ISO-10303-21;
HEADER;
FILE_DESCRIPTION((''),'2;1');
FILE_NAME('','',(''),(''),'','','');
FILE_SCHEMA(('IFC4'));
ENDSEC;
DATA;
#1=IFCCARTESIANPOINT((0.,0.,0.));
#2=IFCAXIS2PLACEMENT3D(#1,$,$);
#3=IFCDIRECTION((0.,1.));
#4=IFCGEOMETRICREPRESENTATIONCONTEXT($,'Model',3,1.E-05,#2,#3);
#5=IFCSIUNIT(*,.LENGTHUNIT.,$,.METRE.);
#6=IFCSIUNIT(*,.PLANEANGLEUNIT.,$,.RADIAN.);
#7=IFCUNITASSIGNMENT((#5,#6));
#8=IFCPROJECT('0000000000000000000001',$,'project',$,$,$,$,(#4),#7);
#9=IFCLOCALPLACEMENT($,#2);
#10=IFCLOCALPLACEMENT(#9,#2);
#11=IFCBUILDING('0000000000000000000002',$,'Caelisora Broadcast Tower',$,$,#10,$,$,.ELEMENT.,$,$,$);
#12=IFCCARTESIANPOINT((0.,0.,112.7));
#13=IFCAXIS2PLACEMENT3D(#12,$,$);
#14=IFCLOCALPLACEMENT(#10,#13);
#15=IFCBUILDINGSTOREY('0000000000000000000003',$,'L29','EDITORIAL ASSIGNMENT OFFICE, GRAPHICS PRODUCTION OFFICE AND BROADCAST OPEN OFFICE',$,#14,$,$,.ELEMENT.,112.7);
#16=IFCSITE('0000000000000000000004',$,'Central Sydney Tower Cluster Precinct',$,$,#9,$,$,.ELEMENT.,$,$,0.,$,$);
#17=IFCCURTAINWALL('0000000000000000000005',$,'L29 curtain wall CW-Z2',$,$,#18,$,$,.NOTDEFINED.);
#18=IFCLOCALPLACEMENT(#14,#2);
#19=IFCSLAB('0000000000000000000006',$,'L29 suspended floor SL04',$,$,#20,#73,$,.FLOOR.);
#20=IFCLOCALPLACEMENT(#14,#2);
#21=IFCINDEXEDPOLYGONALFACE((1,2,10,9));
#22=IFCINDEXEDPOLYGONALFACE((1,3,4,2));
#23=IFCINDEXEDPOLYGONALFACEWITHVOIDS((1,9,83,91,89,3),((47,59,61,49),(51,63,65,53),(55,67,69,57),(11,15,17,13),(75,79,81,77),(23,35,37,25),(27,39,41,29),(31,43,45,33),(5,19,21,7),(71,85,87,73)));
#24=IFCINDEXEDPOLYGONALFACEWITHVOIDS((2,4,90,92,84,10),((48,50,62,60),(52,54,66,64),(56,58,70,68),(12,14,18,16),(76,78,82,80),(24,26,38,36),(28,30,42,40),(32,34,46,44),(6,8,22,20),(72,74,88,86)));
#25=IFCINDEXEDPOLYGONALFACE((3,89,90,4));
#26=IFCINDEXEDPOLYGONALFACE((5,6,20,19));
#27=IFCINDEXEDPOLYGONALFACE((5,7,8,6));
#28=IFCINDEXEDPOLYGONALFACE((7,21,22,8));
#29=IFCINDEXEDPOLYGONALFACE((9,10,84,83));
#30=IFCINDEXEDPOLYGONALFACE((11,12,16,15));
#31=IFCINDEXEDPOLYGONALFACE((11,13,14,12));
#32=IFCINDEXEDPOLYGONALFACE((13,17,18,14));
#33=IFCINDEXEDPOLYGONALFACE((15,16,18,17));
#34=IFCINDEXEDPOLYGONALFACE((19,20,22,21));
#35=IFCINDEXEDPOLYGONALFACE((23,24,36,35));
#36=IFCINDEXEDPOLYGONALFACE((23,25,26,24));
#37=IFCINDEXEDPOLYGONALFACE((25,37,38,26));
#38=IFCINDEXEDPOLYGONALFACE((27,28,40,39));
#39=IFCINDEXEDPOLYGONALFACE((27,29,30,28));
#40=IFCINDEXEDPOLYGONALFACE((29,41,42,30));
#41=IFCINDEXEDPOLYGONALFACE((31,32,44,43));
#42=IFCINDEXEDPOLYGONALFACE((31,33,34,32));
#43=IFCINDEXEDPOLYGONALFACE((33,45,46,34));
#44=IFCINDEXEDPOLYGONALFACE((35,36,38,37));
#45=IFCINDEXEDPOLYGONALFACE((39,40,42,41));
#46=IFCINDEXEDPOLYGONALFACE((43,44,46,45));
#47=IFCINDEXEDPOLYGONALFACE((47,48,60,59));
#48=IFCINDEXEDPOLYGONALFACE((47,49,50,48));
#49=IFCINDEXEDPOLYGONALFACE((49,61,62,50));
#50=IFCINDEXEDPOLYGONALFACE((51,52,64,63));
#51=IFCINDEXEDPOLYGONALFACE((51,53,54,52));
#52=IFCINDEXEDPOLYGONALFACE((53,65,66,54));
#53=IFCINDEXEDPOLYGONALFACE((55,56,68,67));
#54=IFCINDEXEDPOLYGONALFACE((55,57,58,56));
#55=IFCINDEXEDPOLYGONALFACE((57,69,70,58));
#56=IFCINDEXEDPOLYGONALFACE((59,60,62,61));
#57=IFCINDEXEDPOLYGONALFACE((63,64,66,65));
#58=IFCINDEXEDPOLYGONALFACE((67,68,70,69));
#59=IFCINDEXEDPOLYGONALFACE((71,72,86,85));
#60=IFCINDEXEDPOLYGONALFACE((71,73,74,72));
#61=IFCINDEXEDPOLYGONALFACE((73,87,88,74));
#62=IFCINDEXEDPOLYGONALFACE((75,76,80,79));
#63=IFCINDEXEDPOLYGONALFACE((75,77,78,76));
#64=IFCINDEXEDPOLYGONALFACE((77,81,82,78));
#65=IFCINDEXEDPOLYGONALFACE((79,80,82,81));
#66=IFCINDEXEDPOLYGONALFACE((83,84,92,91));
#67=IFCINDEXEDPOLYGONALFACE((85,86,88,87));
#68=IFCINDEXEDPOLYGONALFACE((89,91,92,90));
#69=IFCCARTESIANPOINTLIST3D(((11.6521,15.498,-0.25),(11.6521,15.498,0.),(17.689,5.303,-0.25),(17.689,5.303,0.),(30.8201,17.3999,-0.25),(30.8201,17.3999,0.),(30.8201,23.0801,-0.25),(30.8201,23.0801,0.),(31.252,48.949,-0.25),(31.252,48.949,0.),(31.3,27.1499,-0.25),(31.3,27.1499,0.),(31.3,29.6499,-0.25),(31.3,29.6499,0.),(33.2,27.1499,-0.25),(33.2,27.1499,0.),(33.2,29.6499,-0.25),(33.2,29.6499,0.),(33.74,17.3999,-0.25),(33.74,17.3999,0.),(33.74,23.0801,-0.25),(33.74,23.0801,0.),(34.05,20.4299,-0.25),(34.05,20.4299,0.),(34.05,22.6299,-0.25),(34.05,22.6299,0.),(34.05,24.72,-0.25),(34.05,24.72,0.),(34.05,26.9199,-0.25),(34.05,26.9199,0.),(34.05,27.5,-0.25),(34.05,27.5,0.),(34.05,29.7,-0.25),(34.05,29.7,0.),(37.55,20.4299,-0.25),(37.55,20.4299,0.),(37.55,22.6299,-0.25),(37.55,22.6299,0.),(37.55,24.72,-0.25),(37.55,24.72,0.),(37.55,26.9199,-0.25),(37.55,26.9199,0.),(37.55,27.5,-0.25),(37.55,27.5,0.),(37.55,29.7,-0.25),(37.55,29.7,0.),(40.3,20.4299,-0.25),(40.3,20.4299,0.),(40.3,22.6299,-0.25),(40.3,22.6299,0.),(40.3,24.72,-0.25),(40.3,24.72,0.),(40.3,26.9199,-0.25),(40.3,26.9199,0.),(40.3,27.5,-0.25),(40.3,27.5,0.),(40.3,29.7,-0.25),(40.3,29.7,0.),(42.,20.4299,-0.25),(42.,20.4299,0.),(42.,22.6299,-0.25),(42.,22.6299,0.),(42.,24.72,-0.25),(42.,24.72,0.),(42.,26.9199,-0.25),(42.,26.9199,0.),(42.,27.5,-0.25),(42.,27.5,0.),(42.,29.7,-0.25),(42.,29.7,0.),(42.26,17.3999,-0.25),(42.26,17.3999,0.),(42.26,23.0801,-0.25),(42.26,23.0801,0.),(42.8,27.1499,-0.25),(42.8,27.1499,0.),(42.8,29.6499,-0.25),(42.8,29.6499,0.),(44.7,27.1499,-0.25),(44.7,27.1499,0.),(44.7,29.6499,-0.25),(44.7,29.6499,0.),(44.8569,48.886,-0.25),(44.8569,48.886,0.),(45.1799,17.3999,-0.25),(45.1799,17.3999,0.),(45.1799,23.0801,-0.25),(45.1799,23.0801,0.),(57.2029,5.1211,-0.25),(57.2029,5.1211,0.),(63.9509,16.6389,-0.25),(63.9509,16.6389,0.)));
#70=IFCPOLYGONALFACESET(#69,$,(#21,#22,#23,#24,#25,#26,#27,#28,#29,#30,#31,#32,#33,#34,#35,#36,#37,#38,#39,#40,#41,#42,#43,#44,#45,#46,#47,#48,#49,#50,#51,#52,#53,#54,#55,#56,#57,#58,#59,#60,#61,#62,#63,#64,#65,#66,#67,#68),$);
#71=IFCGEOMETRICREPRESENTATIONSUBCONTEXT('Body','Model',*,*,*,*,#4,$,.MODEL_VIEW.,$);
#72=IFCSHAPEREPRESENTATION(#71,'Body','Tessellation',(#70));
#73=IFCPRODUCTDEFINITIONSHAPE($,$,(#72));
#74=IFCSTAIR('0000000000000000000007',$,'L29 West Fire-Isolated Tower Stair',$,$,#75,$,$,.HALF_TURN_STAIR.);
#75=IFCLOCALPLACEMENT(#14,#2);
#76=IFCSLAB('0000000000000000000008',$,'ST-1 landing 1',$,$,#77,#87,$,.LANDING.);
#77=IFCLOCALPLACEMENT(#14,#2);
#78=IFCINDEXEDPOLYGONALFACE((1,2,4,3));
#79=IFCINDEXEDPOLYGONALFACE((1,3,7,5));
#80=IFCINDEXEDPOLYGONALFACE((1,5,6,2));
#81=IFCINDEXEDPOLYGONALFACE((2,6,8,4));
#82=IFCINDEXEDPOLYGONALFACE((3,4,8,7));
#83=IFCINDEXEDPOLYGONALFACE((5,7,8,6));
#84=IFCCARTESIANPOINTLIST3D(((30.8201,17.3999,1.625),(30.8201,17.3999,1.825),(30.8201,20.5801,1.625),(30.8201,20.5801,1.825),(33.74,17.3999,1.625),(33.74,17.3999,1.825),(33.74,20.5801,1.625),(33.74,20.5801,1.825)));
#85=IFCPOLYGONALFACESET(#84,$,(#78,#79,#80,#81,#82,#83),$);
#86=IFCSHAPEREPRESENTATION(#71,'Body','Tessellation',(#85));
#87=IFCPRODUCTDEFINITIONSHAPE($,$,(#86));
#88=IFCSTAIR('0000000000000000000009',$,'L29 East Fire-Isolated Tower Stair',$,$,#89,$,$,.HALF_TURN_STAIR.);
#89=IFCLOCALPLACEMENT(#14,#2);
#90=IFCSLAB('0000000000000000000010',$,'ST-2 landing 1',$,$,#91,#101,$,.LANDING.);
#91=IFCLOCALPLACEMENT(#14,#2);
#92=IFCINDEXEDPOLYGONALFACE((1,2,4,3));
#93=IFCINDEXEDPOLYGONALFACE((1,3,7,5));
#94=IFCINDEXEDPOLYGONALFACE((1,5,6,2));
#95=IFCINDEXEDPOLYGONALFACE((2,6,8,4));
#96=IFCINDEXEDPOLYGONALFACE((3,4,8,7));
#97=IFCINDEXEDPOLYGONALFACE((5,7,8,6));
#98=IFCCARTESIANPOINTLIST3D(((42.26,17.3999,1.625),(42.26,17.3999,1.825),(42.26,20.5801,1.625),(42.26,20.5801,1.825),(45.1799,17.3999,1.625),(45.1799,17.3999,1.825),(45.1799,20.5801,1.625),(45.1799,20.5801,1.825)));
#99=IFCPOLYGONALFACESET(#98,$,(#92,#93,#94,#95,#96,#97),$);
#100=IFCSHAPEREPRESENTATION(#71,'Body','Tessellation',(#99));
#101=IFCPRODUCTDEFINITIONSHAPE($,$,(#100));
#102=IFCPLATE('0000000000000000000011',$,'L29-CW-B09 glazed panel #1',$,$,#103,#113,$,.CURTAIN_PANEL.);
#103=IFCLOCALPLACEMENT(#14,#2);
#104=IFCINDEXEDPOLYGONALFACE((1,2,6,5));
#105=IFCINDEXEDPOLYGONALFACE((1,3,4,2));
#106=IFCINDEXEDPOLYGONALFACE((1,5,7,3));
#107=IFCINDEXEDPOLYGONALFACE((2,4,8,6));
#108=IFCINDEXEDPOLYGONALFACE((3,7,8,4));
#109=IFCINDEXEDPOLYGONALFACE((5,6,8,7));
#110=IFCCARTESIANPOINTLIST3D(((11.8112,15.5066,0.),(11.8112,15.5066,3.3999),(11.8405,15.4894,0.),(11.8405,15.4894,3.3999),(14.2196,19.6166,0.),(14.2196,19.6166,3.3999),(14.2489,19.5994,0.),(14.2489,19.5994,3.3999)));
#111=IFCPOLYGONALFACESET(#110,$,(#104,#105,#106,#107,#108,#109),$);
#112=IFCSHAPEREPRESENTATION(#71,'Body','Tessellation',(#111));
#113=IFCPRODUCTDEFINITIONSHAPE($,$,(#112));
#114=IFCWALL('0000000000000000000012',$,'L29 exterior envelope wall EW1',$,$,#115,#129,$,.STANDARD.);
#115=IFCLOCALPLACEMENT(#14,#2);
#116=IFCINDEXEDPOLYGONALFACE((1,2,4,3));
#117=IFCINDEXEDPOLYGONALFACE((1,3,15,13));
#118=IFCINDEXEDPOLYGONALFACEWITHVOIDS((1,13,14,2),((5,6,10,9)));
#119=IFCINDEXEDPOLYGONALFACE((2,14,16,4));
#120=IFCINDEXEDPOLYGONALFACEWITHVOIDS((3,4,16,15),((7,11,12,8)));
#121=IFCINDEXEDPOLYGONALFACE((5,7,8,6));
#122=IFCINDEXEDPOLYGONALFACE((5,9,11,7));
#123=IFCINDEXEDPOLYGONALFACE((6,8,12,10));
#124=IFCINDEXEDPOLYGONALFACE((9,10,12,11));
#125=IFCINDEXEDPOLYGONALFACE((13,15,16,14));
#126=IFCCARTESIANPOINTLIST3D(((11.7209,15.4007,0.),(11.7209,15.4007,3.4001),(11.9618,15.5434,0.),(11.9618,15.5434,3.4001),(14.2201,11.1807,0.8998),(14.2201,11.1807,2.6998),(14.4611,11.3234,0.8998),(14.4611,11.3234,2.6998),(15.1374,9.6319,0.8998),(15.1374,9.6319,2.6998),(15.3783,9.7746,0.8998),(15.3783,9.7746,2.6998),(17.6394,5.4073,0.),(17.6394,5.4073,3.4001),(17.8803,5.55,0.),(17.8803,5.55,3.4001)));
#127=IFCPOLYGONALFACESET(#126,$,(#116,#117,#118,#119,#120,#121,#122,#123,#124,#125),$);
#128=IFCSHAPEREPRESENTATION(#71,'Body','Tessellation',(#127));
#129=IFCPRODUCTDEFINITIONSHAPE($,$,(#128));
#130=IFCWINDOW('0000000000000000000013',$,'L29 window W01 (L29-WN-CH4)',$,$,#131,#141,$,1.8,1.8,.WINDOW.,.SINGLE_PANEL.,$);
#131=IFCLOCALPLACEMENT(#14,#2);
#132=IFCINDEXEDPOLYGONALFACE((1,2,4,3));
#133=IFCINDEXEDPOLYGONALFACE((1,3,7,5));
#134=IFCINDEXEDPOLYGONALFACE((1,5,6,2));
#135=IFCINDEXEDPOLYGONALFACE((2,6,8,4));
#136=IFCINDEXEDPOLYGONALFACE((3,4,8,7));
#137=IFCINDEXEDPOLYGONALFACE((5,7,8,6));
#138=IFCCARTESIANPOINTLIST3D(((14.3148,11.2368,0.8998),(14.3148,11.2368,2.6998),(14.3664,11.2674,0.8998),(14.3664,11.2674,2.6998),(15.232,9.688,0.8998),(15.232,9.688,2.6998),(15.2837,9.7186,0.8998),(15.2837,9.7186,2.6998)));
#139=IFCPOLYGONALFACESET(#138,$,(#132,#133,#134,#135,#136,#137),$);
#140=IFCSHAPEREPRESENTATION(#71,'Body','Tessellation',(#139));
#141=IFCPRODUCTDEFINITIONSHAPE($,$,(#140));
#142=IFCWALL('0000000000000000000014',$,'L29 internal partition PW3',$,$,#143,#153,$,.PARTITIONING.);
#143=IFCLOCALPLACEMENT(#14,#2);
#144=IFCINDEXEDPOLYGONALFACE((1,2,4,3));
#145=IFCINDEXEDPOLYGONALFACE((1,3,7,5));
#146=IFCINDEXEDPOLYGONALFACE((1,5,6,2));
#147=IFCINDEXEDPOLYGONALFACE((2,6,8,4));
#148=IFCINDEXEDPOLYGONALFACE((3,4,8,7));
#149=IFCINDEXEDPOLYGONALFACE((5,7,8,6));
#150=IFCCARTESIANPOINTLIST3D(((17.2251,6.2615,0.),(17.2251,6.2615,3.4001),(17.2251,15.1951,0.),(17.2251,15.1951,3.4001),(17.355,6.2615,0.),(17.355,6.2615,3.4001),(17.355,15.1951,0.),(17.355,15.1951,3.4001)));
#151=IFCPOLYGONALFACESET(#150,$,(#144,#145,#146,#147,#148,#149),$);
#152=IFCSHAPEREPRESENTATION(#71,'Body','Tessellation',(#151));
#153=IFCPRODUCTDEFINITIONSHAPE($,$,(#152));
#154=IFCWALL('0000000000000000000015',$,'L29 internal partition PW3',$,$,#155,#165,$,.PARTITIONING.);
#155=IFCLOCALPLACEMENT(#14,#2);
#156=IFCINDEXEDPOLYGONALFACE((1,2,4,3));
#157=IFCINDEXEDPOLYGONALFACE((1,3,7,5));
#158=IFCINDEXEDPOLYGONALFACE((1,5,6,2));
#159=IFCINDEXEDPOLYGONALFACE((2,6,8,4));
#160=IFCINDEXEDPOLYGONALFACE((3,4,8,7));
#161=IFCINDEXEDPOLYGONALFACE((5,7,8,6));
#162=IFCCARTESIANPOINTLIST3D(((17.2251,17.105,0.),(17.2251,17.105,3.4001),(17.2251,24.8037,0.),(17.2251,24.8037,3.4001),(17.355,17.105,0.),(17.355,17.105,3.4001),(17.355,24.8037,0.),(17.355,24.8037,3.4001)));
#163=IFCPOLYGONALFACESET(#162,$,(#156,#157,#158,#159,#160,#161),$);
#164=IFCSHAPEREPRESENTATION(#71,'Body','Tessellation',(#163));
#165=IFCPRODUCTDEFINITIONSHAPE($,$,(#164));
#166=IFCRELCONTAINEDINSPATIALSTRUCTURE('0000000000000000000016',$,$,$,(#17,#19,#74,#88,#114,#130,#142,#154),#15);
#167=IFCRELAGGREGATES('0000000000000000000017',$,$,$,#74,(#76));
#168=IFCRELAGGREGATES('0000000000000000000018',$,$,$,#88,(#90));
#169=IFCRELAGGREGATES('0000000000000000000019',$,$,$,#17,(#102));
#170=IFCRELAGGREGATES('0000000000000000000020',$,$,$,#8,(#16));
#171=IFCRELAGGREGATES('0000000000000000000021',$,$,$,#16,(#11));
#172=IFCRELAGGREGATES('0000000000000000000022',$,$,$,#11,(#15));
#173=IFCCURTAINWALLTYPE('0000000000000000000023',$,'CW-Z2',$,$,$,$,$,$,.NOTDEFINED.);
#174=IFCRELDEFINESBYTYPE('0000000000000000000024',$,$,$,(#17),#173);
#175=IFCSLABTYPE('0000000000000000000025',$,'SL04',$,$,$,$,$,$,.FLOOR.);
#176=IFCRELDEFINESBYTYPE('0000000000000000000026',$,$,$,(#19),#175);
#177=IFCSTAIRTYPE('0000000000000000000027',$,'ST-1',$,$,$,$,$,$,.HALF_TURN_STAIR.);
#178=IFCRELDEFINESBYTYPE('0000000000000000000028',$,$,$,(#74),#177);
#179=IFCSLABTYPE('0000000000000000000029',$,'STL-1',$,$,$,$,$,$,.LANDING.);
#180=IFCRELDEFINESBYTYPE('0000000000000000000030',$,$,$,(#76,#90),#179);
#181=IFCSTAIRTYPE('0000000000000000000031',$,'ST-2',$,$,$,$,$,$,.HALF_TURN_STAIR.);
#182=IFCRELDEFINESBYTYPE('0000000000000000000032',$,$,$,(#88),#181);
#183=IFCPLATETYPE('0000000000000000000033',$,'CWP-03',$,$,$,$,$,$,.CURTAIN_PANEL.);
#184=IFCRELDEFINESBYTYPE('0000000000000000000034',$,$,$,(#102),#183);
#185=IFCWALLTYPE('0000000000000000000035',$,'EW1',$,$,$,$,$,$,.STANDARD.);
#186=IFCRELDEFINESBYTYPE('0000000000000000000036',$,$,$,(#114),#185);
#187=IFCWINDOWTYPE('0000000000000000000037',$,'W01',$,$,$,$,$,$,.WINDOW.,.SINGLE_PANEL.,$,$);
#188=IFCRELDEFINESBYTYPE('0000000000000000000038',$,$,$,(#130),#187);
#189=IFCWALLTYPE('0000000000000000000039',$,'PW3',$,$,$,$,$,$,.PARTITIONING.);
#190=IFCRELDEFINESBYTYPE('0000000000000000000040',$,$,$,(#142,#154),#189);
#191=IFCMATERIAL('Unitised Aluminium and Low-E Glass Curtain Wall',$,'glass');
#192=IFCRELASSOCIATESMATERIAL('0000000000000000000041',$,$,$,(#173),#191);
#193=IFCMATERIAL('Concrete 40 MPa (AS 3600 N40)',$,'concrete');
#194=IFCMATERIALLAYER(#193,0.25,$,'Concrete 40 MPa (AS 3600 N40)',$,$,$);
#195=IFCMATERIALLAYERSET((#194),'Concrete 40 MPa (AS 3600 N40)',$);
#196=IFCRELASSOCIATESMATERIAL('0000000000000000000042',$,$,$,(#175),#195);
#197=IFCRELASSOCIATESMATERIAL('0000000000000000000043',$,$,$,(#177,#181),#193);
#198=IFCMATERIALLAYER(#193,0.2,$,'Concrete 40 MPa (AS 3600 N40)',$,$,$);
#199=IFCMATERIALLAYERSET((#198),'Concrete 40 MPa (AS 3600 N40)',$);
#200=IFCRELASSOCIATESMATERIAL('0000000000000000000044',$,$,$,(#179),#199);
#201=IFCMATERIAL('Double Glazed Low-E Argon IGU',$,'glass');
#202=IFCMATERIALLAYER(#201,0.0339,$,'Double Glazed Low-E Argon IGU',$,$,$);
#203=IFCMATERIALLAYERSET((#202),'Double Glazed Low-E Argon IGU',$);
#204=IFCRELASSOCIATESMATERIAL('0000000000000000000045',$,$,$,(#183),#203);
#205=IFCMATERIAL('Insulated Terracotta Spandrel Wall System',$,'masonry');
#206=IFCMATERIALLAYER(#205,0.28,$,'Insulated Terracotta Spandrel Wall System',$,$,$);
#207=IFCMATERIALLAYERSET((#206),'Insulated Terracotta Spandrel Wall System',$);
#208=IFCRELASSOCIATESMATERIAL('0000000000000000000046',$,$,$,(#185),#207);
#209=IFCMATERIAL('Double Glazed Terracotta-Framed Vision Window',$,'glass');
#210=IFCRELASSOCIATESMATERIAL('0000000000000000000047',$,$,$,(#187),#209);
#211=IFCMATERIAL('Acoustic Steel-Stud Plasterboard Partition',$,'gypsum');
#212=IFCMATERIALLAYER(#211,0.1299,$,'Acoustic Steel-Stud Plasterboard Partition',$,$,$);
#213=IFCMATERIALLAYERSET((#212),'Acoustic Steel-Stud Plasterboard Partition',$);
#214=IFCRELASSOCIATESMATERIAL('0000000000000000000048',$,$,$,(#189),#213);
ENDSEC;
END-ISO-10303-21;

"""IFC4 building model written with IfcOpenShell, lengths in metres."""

from ifc_helpers import new_model, si_unit, direction, frame, frame_2d, origin, origin_2d, place, context, subcontext, project, spatial, polyline, rectangle, outline, extrude, source, transform, mapped, material, layer, layer_set, type_object, type_shapes, element, fill, aggregate, save


model = new_model("IFC4")

# Units and contexts
model_context = context("Model", 3, precision=1e-05, world=origin(), true_north=direction((0.0, 1.0)))
body_context = subcontext(model_context, "Body", "Model", "MODEL_VIEW")
ifc_project = project(units=[si_unit("LENGTHUNIT", "METRE"), si_unit("PLANEANGLEUNIT", "RADIAN")], contexts=[model_context])

# Site, building, storey
site_placement = place(None, origin())
site = spatial("IfcSite", under=ifc_project, at=site_placement, Name="Central Sydney Tower Cluster Precinct", CompositionType="ELEMENT", RefElevation=0.0)
building_placement = place(site_placement, origin())
building = spatial("IfcBuilding", under=site, at=building_placement, Name="Caelisora Broadcast Tower", CompositionType="ELEMENT")
storey_placement = place(building_placement, frame((0.0, 0.0, 112.7)))
storey = spatial("IfcBuildingStorey", under=building, at=storey_placement, Name="L29", Description="EDITORIAL ASSIGNMENT OFFICE, GRAPHICS PRODUCTION OFFICE AND BROADCAST OPEN OFFICE", CompositionType="ELEMENT", Elevation=112.7)

# Curtain wall
ifc_material_1 = material(Name="Unitised Aluminium and Low-E Glass Curtain Wall", Category="glass")
curtain_wall_type = type_object("IfcCurtainWallType", Name="CW-Z2", PredefinedType="NOTDEFINED", material=ifc_material_1)
curtain_wall_placement = place(storey_placement, origin())
curtain_wall = element("IfcCurtainWall", 1, at=curtain_wall_placement, inside=storey, type_object=curtain_wall_type, Name="L29 curtain wall CW-Z2", PredefinedType="NOTDEFINED")

# Slab
ifc_material_2 = material(Name="Concrete 40 MPa (AS 3600 N40)", Category="concrete")
ifc_layer_1 = layer(ifc_material_2, 0.25, Name="Concrete 40 MPa (AS 3600 N40)")
ifc_layer_set_1 = layer_set([ifc_layer_1], Name="Concrete 40 MPa (AS 3600 N40)")
slab_type_1 = type_object("IfcSlabType", Name="SL04", PredefinedType="FLOOR", material=ifc_layer_set_1)
slab_1_placement = place(storey_placement, frame((0.0, 0.0, -0.25)))
element("IfcSlab", 2, at=slab_1_placement, inside=storey, type_object=slab_type_1, Name="L29 suspended floor SL04", PredefinedType="FLOOR", context=body_context, shape_type="SweptSolid", body=[
    extrude(outline(polyline([(44.8569, 48.886), (31.252, 48.949), (11.6521, 15.498), (17.689, 5.303), (57.2029, 5.1211), (63.9509, 16.6389), (44.8569, 48.886)]), holes=[polyline([(30.8201, 17.3999), (33.74, 17.3999), (33.74, 23.0801), (30.8201, 23.0801), (30.8201, 17.3999)]), polyline([(42.26, 17.3999), (45.1799, 17.3999), (45.1799, 23.0801), (42.26, 23.0801), (42.26, 17.3999)]), polyline([(42.8, 27.1499), (44.7, 27.1499), (44.7, 29.6499), (42.8, 29.6499), (42.8, 27.1499)]), polyline([(40.3, 20.4299), (42.0, 20.4299), (42.0, 22.6299), (40.3, 22.6299), (40.3, 20.4299)]), polyline([(40.3, 24.72), (42.0, 24.72), (42.0, 26.9199), (40.3, 26.9199), (40.3, 24.72)]), polyline([(40.3, 27.5), (42.0, 27.5), (42.0, 29.7), (40.3, 29.7), (40.3, 27.5)]), polyline([(34.05, 20.4299), (37.55, 20.4299), (37.55, 22.6299), (34.05, 22.6299), (34.05, 20.4299)]), polyline([(34.05, 24.72), (37.55, 24.72), (37.55, 26.9199), (34.05, 26.9199), (34.05, 24.72)]), polyline([(34.05, 27.5), (37.55, 27.5), (37.55, 29.7), (34.05, 29.7), (34.05, 27.5)]), polyline([(31.3, 27.1499), (33.2, 27.1499), (33.2, 29.6499), (31.3, 29.6499), (31.3, 27.1499)])]), origin(), (0.0, 0.0, 1.0), 0.25),
])

# Stairs, slabs
stair_type_1 = type_object("IfcStairType", Name="ST-1", PredefinedType="HALF_TURN_STAIR", material=ifc_material_2)
stair_1_placement = place(storey_placement, origin())
stair_1 = element("IfcStair", 3, at=stair_1_placement, inside=storey, type_object=stair_type_1, Name="L29 West Fire-Isolated Tower Stair", PredefinedType="HALF_TURN_STAIR")
ifc_layer_2 = layer(ifc_material_2, 0.2, Name="Concrete 40 MPa (AS 3600 N40)")
ifc_layer_set_2 = layer_set([ifc_layer_2], Name="Concrete 40 MPa (AS 3600 N40)")
slab_type_2 = type_object("IfcSlabType", Name="STL-1", PredefinedType="LANDING", material=ifc_layer_set_2)
slab_2_placement = place(storey_placement, frame((0.0, 0.0, 1.625)))
slab_2 = element("IfcSlab", 4, at=slab_2_placement, type_object=slab_type_2, Name="ST-1 landing 1", PredefinedType="LANDING", context=body_context, shape_type="SweptSolid", body=[
    extrude(outline(polyline([(30.8201, 20.5801), (30.8201, 17.3999), (33.74, 17.3999), (33.74, 20.5801), (30.8201, 20.5801)])), origin(), (0.0, 0.0, 1.0), 0.2),
])
aggregate(stair_1, [slab_2])
stair_type_2 = type_object("IfcStairType", Name="ST-2", PredefinedType="HALF_TURN_STAIR", material=ifc_material_2)
stair_2_placement = place(storey_placement, origin())
stair_2 = element("IfcStair", 5, at=stair_2_placement, inside=storey, type_object=stair_type_2, Name="L29 East Fire-Isolated Tower Stair", PredefinedType="HALF_TURN_STAIR")
slab_3_placement = place(storey_placement, frame((0.0, 0.0, 1.625)))
slab_3 = element("IfcSlab", 6, at=slab_3_placement, type_object=slab_type_2, Name="ST-2 landing 1", PredefinedType="LANDING", context=body_context, shape_type="SweptSolid", body=[
    extrude(outline(polyline([(42.26, 20.5801), (42.26, 17.3999), (45.1799, 17.3999), (45.1799, 20.5801), (42.26, 20.5801)])), origin(), (0.0, 0.0, 1.0), 0.2),
])
aggregate(stair_2, [slab_3])

# Plate
ifc_material_3 = material(Name="Double Glazed Low-E Argon IGU", Category="glass")
ifc_layer_3 = layer(ifc_material_3, 0.0339, Name="Double Glazed Low-E Argon IGU")
ifc_layer_set_3 = layer_set([ifc_layer_3], Name="Double Glazed Low-E Argon IGU")
plate_type = type_object("IfcPlateType", Name="CWP-03", PredefinedType="CURTAIN_PANEL", material=ifc_layer_set_3)
shared_shape_1 = source(origin(), body_context, "Body", "SweptSolid", [
    extrude(rectangle(XDim=4.7637, YDim=0.0339, at=origin_2d()), origin(), (0.0, 0.0, 1.0), 3.3999),
])
type_shapes(plate_type, [shared_shape_1])
plate_placement = place(storey_placement, frame((13.03, 17.553, 0.0), z_axis=(0.0, 0.0, 1.0), x_axis=(0.505582, 0.862779, 0.0)))
plate = element("IfcPlate", 7, at=plate_placement, type_object=plate_type, Name="L29-CW-B09 glazed panel #1", PredefinedType="CURTAIN_PANEL", context=body_context, shape_type="MappedRepresentation", body=[
    mapped(shared_shape_1, transform((0.0, 0.0, 0.0), scale=1.0)),
])
aggregate(curtain_wall, [plate])

# Wall, opening, window
ifc_material_4 = material(Name="Insulated Terracotta Spandrel Wall System", Category="masonry")
ifc_layer_4 = layer(ifc_material_4, 0.28, Name="Insulated Terracotta Spandrel Wall System")
ifc_layer_set_4 = layer_set([ifc_layer_4], Name="Insulated Terracotta Spandrel Wall System")
wall_type_1 = type_object("IfcWallType", Name="EW1", PredefinedType="STANDARD", material=ifc_layer_set_4)
wall_1_placement = place(storey_placement, frame((17.7598, 5.4788, 0.0), z_axis=(0.0, 0.0, 1.0), x_axis=(-0.509575, 0.860426, 0.0)))
wall_1 = element("IfcWall", 8, at=wall_1_placement, inside=storey, type_object=wall_type_1, Name="L29 exterior envelope wall EW1", PredefinedType="STANDARD", context=body_context, shape_type="SweptSolid", body=[
    extrude(rectangle(XDim=11.6145, YDim=0.28, at=frame_2d((5.8071, 0.0))), origin(), (0.0, 0.0, 1.0), 3.4001),
])
opening_1_placement = place(wall_1_placement, frame((4.9099, 0.0, 0.8999)))
opening_1 = element("IfcOpeningElement", 9, at=opening_1_placement, cuts=wall_1, PredefinedType="OPENING", context=body_context, shape_type="SweptSolid", body=[
    extrude(rectangle(XDim=1.8, YDim=1.8, at=frame_2d((0.8999, 0.8999))), frame((0.0, 0.1521, 0.0), z_axis=(0.0, -1.0, 0.0), x_axis=(1.0, 0.0, 0.0)), (0.0, 0.0, 1.0), 0.304),
])
ifc_material_5 = material(Name="Double Glazed Terracotta-Framed Vision Window", Category="glass")
window_type = type_object("IfcWindowType", Name="W01", PartitioningType="SINGLE_PANEL", PredefinedType="WINDOW", material=ifc_material_5)
window_placement = place(opening_1_placement, origin())
window = element("IfcWindow", 10, at=window_placement, inside=storey, type_object=window_type, Name="L29 window W01 (L29-WN-CH4)", OverallHeight=1.8, OverallWidth=1.8, PartitioningType="SINGLE_PANEL", PredefinedType="WINDOW", context=body_context, shape_type="SweptSolid", body=[
    extrude(rectangle(XDim=1.8, YDim=1.8, at=frame_2d((0.8999, 0.8999))), frame((0.0, 0.03, 0.0), z_axis=(0.0, -1.0, 0.0), x_axis=(1.0, 0.0, 0.0)), (0.0, 0.0, 1.0), 0.0601),
])
fill(opening_1, window)

# Walls
ifc_material_6 = material(Name="Acoustic Steel-Stud Plasterboard Partition", Category="gypsum")
ifc_layer_5 = layer(ifc_material_6, 0.1299, Name="Acoustic Steel-Stud Plasterboard Partition")
ifc_layer_set_5 = layer_set([ifc_layer_5], Name="Acoustic Steel-Stud Plasterboard Partition")
wall_type_2 = type_object("IfcWallType", Name="PW3", PredefinedType="PARTITIONING", material=ifc_layer_set_5)
wall_2_placement = place(storey_placement, frame((17.29, 6.2615, 0.0), z_axis=(0.0, 0.0, 1.0), x_axis=(0.0, 1.0, 0.0)))
element("IfcWall", 11, at=wall_2_placement, inside=storey, type_object=wall_type_2, Name="L29 internal partition PW3", PredefinedType="PARTITIONING", context=body_context, shape_type="SweptSolid", body=[
    extrude(rectangle(XDim=8.9336, YDim=0.1299, at=frame_2d((4.4668, 0.0))), origin(), (0.0, 0.0, 1.0), 3.4001),
])
wall_3_placement = place(storey_placement, frame((17.29, 17.105, 0.0), z_axis=(0.0, 0.0, 1.0), x_axis=(0.0, 1.0, 0.0)))
element("IfcWall", 12, at=wall_3_placement, inside=storey, type_object=wall_type_2, Name="L29 internal partition PW3", PredefinedType="PARTITIONING", context=body_context, shape_type="SweptSolid", body=[
    extrude(rectangle(XDim=7.6987, YDim=0.1299, at=frame_2d((3.8494, 0.0))), origin(), (0.0, 0.0, 1.0), 3.4001),
])

save(model, "model.ifc")
